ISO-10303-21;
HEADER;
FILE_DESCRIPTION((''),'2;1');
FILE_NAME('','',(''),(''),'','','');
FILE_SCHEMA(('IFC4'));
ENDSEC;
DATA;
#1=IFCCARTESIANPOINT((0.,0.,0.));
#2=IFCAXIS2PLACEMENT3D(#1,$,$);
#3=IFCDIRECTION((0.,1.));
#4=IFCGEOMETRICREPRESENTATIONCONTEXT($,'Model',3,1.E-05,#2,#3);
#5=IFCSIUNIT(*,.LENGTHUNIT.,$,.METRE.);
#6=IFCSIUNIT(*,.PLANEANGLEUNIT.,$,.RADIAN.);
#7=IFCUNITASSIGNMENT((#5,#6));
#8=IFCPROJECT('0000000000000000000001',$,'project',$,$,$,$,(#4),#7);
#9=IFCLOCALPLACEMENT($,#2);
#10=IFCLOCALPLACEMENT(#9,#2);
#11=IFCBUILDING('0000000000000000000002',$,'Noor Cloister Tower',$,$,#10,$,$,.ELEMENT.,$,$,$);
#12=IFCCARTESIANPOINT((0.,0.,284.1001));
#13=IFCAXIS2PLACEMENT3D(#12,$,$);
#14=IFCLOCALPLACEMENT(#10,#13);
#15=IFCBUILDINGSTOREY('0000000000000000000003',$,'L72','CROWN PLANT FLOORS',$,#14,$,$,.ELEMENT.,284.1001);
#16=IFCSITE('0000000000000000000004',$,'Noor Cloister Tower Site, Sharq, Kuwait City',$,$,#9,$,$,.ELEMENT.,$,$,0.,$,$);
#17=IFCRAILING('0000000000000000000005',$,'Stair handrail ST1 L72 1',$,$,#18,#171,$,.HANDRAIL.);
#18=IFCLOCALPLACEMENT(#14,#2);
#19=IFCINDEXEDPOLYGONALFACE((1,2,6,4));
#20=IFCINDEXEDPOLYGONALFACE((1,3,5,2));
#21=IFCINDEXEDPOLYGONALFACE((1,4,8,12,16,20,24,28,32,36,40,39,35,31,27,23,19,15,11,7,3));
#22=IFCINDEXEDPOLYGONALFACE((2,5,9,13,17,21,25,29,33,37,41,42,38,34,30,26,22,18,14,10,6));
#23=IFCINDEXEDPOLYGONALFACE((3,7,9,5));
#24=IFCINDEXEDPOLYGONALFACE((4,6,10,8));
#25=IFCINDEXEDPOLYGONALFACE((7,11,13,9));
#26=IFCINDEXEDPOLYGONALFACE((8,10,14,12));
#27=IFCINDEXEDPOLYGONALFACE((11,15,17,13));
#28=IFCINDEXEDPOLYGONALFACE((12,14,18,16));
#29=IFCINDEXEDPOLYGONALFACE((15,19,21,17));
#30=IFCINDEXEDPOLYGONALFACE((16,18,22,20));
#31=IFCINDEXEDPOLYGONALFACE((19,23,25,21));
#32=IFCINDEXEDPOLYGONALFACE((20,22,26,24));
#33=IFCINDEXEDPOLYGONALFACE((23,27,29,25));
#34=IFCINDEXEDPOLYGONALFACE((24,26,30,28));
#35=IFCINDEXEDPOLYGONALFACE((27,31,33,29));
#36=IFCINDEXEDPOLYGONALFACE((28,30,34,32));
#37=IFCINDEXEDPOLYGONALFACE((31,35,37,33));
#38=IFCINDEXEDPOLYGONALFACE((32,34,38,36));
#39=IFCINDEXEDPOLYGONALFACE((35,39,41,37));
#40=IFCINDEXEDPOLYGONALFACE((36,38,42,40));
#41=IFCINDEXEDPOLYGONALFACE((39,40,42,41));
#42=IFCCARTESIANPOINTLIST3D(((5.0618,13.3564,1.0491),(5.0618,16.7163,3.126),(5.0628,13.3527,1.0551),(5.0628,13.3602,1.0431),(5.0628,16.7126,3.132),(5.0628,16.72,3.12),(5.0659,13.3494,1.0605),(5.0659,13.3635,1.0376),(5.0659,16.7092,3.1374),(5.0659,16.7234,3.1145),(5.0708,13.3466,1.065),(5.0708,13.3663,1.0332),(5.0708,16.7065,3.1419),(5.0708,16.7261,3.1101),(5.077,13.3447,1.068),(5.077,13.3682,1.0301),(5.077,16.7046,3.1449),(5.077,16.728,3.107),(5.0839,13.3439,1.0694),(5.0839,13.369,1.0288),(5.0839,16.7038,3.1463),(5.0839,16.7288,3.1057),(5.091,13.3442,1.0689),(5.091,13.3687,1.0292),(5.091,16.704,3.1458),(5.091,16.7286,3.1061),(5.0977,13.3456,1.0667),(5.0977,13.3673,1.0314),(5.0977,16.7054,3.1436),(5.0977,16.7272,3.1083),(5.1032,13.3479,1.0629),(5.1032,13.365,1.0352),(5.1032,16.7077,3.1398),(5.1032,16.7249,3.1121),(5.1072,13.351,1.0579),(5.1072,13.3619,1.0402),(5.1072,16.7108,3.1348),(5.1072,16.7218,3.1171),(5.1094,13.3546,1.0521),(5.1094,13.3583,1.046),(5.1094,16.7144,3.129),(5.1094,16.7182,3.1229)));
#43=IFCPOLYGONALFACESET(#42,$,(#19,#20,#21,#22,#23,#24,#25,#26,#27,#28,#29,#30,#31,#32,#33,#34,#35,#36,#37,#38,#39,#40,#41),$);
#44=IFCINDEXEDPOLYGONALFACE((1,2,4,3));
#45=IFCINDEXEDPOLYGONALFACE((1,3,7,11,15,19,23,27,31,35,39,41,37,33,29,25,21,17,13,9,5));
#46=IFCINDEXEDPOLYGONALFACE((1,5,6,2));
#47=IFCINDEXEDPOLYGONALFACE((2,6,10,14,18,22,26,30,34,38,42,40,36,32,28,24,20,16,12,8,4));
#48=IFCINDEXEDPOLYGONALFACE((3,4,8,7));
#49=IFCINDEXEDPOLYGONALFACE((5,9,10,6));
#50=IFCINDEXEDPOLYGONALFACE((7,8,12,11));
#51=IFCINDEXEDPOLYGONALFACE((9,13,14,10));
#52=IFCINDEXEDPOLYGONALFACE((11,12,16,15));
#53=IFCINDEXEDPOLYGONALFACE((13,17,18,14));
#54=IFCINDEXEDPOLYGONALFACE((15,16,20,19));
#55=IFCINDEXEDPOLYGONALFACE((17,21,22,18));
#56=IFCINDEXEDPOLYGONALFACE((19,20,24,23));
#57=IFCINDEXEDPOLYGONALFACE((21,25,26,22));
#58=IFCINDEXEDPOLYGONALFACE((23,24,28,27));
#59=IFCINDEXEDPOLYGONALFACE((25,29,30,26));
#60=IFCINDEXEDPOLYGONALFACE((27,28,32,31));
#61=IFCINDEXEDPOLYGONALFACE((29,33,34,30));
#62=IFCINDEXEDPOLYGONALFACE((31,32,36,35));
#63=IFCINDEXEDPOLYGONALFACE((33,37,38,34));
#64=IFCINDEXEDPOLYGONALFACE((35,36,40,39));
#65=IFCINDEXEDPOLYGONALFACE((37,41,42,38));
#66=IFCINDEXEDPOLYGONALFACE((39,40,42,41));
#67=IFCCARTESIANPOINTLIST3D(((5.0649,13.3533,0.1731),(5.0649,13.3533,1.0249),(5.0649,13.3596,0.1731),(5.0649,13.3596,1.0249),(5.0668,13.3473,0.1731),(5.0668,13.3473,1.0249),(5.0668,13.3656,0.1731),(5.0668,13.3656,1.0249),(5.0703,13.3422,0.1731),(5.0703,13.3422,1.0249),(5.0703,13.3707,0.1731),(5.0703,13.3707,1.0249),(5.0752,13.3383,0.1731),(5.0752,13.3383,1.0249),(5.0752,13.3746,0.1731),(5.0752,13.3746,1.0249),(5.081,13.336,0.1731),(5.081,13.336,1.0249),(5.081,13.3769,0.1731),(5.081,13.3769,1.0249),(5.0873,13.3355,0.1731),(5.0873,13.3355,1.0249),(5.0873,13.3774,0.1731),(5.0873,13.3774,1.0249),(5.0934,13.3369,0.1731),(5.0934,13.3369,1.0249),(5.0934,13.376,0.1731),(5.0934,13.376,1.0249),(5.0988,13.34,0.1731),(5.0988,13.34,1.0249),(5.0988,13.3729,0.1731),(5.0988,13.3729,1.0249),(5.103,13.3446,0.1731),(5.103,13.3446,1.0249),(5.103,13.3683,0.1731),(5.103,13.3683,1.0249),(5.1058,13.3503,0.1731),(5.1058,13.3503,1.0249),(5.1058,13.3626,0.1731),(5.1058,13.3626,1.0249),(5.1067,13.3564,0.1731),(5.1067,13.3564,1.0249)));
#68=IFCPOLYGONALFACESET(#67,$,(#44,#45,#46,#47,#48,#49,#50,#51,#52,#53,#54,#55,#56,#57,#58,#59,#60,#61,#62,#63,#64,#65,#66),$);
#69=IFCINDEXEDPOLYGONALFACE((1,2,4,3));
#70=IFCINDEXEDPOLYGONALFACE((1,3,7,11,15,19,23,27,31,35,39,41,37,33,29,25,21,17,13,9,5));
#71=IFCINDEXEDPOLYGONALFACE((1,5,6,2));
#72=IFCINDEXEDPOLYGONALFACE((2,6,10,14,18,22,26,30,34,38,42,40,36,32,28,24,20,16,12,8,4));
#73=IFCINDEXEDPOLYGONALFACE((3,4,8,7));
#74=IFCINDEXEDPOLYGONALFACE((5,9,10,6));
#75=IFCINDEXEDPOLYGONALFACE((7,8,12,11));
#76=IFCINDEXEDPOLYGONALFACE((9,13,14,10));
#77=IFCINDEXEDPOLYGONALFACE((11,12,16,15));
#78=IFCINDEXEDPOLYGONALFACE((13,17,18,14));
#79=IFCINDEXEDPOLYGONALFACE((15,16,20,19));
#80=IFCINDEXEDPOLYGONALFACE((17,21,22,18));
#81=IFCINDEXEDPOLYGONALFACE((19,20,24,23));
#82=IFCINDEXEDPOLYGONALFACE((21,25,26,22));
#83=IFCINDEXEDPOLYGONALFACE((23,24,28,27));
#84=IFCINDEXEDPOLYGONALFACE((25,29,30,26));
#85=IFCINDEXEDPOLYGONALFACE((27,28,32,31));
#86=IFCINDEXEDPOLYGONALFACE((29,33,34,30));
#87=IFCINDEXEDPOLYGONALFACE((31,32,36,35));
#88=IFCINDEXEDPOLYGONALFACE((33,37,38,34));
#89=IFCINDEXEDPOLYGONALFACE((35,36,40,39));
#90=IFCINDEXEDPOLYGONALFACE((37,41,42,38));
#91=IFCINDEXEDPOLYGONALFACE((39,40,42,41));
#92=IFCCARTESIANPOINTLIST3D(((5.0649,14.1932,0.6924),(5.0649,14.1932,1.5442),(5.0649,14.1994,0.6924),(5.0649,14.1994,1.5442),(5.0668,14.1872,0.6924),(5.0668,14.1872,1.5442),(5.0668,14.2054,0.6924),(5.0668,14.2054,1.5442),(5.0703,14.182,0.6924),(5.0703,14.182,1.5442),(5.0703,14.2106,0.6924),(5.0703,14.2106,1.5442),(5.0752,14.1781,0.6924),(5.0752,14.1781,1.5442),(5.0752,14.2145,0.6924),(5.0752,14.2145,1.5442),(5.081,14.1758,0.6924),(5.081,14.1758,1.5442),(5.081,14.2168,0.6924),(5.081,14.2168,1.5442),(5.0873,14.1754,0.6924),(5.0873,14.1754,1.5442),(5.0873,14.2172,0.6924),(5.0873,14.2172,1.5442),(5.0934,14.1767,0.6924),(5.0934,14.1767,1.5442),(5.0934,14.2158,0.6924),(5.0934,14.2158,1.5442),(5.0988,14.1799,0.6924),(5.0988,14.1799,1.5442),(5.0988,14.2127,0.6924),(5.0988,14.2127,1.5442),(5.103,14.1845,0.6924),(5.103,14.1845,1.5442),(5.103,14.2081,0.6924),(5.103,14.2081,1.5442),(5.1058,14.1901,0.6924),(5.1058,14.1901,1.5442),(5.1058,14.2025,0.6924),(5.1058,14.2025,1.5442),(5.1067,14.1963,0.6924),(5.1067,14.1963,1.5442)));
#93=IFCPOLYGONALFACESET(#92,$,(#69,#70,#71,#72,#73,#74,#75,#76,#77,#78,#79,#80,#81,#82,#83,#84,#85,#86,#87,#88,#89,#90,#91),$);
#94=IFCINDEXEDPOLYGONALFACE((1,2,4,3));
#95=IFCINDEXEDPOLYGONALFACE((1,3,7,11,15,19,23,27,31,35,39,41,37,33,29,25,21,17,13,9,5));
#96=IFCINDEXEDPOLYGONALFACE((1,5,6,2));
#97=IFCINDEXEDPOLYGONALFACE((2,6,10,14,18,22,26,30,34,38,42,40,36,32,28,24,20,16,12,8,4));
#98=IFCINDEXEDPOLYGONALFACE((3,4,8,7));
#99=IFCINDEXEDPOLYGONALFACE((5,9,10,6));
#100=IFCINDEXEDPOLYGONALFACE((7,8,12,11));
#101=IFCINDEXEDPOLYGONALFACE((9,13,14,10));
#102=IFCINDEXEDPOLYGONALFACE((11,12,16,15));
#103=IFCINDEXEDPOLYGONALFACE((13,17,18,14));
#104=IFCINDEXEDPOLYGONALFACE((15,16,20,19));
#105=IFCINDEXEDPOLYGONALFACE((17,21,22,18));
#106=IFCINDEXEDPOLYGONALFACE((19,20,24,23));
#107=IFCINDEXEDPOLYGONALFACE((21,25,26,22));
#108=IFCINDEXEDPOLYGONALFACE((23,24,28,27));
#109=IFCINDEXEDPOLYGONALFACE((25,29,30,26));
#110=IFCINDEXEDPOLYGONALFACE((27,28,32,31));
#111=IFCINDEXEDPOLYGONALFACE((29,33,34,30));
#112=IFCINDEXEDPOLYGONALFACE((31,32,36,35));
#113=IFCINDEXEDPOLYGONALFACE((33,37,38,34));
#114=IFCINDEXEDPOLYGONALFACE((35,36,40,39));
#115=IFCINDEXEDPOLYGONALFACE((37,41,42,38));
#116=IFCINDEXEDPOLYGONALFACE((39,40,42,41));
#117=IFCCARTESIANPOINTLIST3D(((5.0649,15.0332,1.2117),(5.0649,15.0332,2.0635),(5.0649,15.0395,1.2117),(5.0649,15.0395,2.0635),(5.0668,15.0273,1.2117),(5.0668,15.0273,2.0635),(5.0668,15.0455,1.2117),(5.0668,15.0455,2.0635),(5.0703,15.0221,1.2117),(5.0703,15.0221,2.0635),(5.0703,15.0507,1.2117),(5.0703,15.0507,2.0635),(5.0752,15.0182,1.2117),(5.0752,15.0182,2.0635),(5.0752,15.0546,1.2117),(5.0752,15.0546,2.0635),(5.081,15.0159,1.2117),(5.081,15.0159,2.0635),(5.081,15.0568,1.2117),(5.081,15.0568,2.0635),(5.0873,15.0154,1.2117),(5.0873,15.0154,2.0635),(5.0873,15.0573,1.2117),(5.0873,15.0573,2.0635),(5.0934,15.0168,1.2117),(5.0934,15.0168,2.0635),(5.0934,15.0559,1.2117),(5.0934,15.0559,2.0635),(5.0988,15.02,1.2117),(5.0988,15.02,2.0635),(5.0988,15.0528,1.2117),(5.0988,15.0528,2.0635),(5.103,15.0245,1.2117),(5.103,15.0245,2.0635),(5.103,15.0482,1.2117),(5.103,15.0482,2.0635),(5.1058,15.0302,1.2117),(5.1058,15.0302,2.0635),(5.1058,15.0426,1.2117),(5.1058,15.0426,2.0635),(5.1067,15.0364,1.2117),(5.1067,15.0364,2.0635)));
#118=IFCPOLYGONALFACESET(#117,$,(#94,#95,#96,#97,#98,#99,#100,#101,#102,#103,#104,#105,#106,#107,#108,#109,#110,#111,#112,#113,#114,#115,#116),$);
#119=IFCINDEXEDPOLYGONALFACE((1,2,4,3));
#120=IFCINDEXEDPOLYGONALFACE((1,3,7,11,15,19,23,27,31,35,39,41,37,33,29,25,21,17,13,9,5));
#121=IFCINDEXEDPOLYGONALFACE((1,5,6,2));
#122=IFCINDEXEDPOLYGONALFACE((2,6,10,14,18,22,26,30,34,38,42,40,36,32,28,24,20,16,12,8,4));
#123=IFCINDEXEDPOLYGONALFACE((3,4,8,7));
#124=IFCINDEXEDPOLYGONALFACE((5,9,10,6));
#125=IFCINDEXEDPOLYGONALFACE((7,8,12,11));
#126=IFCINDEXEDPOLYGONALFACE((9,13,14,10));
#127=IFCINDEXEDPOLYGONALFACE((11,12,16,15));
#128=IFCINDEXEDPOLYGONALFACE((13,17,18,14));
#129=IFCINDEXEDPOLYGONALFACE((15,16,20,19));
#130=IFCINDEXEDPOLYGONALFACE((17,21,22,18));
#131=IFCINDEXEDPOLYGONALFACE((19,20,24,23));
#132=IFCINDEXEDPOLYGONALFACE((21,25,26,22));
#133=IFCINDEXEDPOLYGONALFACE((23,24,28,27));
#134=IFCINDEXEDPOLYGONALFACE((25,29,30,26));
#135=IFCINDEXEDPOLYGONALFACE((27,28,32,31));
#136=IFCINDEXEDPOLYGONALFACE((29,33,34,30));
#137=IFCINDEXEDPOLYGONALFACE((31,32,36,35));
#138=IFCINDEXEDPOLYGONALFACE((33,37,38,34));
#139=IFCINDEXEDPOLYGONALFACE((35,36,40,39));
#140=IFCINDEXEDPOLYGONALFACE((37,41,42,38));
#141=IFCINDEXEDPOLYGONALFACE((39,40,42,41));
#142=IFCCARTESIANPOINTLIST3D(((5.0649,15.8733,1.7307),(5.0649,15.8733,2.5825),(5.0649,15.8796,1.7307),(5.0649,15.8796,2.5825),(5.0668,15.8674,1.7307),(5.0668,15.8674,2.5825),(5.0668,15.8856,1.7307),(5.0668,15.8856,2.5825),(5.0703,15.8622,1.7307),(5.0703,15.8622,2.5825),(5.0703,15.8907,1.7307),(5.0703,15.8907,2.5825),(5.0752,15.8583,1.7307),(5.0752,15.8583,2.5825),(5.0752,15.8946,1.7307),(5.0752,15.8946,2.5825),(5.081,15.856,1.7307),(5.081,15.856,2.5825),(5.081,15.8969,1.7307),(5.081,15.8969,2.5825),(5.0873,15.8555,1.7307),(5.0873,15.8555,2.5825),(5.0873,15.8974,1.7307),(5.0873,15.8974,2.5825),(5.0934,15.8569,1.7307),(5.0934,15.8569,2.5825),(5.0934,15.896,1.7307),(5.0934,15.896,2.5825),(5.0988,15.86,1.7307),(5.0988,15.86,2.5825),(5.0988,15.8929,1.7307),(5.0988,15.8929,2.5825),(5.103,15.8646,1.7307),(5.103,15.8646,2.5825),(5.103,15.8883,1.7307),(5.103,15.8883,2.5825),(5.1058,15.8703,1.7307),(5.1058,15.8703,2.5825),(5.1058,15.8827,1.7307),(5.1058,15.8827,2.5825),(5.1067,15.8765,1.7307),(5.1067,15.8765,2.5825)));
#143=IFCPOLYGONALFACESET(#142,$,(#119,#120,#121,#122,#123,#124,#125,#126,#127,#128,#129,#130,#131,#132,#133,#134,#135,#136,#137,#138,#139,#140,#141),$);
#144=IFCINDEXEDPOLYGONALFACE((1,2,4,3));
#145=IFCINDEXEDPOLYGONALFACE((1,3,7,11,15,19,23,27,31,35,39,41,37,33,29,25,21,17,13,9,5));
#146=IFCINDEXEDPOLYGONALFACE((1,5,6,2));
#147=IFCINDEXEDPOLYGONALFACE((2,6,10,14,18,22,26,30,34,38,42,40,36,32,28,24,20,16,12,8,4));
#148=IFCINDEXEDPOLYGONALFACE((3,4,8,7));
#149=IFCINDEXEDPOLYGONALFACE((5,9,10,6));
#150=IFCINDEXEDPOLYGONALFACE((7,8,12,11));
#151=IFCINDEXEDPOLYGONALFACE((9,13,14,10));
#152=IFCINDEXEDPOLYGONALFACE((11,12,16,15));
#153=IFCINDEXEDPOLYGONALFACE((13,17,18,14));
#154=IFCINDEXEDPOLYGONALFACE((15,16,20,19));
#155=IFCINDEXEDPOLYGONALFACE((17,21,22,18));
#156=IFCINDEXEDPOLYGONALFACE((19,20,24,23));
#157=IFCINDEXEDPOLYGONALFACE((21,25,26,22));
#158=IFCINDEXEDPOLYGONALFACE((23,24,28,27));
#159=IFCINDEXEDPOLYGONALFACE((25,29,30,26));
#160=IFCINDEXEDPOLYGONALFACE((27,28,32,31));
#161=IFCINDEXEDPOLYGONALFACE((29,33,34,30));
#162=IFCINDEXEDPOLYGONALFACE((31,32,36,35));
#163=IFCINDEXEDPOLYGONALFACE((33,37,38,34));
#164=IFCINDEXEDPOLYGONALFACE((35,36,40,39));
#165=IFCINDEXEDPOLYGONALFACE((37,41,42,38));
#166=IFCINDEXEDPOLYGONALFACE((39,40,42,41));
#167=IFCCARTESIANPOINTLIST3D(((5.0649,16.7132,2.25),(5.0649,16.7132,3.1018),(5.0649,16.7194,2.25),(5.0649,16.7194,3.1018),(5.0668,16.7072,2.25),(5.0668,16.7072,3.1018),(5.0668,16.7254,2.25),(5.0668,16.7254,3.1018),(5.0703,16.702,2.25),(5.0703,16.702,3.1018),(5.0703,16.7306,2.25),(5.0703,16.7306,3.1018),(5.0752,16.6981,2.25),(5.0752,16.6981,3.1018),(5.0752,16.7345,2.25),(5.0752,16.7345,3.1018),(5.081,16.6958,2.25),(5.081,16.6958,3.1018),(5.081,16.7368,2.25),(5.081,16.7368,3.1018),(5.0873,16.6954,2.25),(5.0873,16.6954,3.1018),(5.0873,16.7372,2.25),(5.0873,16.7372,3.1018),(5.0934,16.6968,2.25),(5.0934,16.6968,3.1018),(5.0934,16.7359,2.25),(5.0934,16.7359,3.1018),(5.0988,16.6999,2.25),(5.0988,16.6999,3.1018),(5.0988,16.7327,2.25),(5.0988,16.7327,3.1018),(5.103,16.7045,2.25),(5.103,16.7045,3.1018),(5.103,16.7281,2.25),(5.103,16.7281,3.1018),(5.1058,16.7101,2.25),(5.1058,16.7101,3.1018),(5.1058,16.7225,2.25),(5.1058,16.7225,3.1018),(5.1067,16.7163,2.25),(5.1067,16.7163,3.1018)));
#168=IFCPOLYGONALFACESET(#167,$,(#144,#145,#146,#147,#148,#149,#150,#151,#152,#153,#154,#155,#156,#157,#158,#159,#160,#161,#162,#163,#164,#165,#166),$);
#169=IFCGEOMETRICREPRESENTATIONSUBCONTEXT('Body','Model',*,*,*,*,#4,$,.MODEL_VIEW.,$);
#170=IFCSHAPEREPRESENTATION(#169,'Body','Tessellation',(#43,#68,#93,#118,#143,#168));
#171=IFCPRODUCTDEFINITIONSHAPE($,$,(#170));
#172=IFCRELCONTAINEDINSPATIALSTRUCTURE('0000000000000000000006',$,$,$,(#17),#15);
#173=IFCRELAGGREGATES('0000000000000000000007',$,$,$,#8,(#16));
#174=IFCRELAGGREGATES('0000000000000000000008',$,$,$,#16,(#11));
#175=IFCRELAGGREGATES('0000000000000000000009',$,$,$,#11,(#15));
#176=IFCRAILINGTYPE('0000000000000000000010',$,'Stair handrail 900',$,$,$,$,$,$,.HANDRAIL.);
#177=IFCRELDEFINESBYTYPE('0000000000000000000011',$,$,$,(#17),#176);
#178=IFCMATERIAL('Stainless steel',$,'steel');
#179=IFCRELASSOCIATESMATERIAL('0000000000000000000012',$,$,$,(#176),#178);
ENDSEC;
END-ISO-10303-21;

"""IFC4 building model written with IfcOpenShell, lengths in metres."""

from ifc_helpers import new_model, si_unit, direction, frame, origin, origin_2d, place, context, subcontext, project, spatial, circle, extrude, material, type_object, element, save


model = new_model("IFC4")

# Units and contexts
model_context = context("Model", 3, precision=1e-05, world=origin(), true_north=direction((0.0, 1.0)))
body_context = subcontext(model_context, "Body", "Model", "MODEL_VIEW")
ifc_project = project(units=[si_unit("LENGTHUNIT", "METRE"), si_unit("PLANEANGLEUNIT", "RADIAN")], contexts=[model_context])

# Site, building, storey
site_placement = place(None, origin())
site = spatial("IfcSite", under=ifc_project, at=site_placement, Name="Noor Cloister Tower Site, Sharq, Kuwait City", CompositionType="ELEMENT", RefElevation=0.0)
building_placement = place(site_placement, origin())
building = spatial("IfcBuilding", under=site, at=building_placement, Name="Noor Cloister Tower", CompositionType="ELEMENT")
storey_placement = place(building_placement, frame((0.0, 0.0, 284.1001)))
storey = spatial("IfcBuildingStorey", under=building, at=storey_placement, Name="L72", Description="CROWN PLANT FLOORS", CompositionType="ELEMENT", Elevation=284.1001)

# Railing
ifc_material_1 = material(Name="Stainless steel", Category="steel")
railing_type_1 = type_object("IfcRailingType", Name="Stair handrail 900", PredefinedType="HANDRAIL", material=ifc_material_1)
railing_1_placement = place(storey_placement, frame((5.0857, 13.3564, 0.1731)))
element("IfcRailing", 1, at=railing_1_placement, inside=storey, type_object=railing_type_1, Name="Stair handrail ST1 L72 1", PredefinedType="HANDRAIL", context=body_context, shape_type="SweptSolid", body=[
    extrude(circle(Radius=0.0239, at=origin_2d()), frame((0.0, 0.0, 0.876), z_axis=(0.0, 0.850606, 0.525803), x_axis=(-1.0, 0.0, 0.0)), (0.0, 0.0, 1.0), 3.95),
    extrude(circle(Radius=0.021, at=origin_2d()), origin(), (0.0, 0.0, 1.0), 0.8518),
    extrude(circle(Radius=0.021, at=origin_2d()), frame((0.0, 0.8398, 0.5193)), (0.0, 0.0, 1.0), 0.8518),
    extrude(circle(Radius=0.021, at=origin_2d()), frame((0.0, 1.6799, 1.0386)), (0.0, 0.0, 1.0), 0.8518),
    extrude(circle(Radius=0.021, at=origin_2d()), frame((0.0, 2.52, 1.5576)), (0.0, 0.0, 1.0), 0.8518),
    extrude(circle(Radius=0.021, at=origin_2d()), frame((0.0, 3.3599, 2.0769)), (0.0, 0.0, 1.0), 0.8518),
])

save(model, "model.ifc")
